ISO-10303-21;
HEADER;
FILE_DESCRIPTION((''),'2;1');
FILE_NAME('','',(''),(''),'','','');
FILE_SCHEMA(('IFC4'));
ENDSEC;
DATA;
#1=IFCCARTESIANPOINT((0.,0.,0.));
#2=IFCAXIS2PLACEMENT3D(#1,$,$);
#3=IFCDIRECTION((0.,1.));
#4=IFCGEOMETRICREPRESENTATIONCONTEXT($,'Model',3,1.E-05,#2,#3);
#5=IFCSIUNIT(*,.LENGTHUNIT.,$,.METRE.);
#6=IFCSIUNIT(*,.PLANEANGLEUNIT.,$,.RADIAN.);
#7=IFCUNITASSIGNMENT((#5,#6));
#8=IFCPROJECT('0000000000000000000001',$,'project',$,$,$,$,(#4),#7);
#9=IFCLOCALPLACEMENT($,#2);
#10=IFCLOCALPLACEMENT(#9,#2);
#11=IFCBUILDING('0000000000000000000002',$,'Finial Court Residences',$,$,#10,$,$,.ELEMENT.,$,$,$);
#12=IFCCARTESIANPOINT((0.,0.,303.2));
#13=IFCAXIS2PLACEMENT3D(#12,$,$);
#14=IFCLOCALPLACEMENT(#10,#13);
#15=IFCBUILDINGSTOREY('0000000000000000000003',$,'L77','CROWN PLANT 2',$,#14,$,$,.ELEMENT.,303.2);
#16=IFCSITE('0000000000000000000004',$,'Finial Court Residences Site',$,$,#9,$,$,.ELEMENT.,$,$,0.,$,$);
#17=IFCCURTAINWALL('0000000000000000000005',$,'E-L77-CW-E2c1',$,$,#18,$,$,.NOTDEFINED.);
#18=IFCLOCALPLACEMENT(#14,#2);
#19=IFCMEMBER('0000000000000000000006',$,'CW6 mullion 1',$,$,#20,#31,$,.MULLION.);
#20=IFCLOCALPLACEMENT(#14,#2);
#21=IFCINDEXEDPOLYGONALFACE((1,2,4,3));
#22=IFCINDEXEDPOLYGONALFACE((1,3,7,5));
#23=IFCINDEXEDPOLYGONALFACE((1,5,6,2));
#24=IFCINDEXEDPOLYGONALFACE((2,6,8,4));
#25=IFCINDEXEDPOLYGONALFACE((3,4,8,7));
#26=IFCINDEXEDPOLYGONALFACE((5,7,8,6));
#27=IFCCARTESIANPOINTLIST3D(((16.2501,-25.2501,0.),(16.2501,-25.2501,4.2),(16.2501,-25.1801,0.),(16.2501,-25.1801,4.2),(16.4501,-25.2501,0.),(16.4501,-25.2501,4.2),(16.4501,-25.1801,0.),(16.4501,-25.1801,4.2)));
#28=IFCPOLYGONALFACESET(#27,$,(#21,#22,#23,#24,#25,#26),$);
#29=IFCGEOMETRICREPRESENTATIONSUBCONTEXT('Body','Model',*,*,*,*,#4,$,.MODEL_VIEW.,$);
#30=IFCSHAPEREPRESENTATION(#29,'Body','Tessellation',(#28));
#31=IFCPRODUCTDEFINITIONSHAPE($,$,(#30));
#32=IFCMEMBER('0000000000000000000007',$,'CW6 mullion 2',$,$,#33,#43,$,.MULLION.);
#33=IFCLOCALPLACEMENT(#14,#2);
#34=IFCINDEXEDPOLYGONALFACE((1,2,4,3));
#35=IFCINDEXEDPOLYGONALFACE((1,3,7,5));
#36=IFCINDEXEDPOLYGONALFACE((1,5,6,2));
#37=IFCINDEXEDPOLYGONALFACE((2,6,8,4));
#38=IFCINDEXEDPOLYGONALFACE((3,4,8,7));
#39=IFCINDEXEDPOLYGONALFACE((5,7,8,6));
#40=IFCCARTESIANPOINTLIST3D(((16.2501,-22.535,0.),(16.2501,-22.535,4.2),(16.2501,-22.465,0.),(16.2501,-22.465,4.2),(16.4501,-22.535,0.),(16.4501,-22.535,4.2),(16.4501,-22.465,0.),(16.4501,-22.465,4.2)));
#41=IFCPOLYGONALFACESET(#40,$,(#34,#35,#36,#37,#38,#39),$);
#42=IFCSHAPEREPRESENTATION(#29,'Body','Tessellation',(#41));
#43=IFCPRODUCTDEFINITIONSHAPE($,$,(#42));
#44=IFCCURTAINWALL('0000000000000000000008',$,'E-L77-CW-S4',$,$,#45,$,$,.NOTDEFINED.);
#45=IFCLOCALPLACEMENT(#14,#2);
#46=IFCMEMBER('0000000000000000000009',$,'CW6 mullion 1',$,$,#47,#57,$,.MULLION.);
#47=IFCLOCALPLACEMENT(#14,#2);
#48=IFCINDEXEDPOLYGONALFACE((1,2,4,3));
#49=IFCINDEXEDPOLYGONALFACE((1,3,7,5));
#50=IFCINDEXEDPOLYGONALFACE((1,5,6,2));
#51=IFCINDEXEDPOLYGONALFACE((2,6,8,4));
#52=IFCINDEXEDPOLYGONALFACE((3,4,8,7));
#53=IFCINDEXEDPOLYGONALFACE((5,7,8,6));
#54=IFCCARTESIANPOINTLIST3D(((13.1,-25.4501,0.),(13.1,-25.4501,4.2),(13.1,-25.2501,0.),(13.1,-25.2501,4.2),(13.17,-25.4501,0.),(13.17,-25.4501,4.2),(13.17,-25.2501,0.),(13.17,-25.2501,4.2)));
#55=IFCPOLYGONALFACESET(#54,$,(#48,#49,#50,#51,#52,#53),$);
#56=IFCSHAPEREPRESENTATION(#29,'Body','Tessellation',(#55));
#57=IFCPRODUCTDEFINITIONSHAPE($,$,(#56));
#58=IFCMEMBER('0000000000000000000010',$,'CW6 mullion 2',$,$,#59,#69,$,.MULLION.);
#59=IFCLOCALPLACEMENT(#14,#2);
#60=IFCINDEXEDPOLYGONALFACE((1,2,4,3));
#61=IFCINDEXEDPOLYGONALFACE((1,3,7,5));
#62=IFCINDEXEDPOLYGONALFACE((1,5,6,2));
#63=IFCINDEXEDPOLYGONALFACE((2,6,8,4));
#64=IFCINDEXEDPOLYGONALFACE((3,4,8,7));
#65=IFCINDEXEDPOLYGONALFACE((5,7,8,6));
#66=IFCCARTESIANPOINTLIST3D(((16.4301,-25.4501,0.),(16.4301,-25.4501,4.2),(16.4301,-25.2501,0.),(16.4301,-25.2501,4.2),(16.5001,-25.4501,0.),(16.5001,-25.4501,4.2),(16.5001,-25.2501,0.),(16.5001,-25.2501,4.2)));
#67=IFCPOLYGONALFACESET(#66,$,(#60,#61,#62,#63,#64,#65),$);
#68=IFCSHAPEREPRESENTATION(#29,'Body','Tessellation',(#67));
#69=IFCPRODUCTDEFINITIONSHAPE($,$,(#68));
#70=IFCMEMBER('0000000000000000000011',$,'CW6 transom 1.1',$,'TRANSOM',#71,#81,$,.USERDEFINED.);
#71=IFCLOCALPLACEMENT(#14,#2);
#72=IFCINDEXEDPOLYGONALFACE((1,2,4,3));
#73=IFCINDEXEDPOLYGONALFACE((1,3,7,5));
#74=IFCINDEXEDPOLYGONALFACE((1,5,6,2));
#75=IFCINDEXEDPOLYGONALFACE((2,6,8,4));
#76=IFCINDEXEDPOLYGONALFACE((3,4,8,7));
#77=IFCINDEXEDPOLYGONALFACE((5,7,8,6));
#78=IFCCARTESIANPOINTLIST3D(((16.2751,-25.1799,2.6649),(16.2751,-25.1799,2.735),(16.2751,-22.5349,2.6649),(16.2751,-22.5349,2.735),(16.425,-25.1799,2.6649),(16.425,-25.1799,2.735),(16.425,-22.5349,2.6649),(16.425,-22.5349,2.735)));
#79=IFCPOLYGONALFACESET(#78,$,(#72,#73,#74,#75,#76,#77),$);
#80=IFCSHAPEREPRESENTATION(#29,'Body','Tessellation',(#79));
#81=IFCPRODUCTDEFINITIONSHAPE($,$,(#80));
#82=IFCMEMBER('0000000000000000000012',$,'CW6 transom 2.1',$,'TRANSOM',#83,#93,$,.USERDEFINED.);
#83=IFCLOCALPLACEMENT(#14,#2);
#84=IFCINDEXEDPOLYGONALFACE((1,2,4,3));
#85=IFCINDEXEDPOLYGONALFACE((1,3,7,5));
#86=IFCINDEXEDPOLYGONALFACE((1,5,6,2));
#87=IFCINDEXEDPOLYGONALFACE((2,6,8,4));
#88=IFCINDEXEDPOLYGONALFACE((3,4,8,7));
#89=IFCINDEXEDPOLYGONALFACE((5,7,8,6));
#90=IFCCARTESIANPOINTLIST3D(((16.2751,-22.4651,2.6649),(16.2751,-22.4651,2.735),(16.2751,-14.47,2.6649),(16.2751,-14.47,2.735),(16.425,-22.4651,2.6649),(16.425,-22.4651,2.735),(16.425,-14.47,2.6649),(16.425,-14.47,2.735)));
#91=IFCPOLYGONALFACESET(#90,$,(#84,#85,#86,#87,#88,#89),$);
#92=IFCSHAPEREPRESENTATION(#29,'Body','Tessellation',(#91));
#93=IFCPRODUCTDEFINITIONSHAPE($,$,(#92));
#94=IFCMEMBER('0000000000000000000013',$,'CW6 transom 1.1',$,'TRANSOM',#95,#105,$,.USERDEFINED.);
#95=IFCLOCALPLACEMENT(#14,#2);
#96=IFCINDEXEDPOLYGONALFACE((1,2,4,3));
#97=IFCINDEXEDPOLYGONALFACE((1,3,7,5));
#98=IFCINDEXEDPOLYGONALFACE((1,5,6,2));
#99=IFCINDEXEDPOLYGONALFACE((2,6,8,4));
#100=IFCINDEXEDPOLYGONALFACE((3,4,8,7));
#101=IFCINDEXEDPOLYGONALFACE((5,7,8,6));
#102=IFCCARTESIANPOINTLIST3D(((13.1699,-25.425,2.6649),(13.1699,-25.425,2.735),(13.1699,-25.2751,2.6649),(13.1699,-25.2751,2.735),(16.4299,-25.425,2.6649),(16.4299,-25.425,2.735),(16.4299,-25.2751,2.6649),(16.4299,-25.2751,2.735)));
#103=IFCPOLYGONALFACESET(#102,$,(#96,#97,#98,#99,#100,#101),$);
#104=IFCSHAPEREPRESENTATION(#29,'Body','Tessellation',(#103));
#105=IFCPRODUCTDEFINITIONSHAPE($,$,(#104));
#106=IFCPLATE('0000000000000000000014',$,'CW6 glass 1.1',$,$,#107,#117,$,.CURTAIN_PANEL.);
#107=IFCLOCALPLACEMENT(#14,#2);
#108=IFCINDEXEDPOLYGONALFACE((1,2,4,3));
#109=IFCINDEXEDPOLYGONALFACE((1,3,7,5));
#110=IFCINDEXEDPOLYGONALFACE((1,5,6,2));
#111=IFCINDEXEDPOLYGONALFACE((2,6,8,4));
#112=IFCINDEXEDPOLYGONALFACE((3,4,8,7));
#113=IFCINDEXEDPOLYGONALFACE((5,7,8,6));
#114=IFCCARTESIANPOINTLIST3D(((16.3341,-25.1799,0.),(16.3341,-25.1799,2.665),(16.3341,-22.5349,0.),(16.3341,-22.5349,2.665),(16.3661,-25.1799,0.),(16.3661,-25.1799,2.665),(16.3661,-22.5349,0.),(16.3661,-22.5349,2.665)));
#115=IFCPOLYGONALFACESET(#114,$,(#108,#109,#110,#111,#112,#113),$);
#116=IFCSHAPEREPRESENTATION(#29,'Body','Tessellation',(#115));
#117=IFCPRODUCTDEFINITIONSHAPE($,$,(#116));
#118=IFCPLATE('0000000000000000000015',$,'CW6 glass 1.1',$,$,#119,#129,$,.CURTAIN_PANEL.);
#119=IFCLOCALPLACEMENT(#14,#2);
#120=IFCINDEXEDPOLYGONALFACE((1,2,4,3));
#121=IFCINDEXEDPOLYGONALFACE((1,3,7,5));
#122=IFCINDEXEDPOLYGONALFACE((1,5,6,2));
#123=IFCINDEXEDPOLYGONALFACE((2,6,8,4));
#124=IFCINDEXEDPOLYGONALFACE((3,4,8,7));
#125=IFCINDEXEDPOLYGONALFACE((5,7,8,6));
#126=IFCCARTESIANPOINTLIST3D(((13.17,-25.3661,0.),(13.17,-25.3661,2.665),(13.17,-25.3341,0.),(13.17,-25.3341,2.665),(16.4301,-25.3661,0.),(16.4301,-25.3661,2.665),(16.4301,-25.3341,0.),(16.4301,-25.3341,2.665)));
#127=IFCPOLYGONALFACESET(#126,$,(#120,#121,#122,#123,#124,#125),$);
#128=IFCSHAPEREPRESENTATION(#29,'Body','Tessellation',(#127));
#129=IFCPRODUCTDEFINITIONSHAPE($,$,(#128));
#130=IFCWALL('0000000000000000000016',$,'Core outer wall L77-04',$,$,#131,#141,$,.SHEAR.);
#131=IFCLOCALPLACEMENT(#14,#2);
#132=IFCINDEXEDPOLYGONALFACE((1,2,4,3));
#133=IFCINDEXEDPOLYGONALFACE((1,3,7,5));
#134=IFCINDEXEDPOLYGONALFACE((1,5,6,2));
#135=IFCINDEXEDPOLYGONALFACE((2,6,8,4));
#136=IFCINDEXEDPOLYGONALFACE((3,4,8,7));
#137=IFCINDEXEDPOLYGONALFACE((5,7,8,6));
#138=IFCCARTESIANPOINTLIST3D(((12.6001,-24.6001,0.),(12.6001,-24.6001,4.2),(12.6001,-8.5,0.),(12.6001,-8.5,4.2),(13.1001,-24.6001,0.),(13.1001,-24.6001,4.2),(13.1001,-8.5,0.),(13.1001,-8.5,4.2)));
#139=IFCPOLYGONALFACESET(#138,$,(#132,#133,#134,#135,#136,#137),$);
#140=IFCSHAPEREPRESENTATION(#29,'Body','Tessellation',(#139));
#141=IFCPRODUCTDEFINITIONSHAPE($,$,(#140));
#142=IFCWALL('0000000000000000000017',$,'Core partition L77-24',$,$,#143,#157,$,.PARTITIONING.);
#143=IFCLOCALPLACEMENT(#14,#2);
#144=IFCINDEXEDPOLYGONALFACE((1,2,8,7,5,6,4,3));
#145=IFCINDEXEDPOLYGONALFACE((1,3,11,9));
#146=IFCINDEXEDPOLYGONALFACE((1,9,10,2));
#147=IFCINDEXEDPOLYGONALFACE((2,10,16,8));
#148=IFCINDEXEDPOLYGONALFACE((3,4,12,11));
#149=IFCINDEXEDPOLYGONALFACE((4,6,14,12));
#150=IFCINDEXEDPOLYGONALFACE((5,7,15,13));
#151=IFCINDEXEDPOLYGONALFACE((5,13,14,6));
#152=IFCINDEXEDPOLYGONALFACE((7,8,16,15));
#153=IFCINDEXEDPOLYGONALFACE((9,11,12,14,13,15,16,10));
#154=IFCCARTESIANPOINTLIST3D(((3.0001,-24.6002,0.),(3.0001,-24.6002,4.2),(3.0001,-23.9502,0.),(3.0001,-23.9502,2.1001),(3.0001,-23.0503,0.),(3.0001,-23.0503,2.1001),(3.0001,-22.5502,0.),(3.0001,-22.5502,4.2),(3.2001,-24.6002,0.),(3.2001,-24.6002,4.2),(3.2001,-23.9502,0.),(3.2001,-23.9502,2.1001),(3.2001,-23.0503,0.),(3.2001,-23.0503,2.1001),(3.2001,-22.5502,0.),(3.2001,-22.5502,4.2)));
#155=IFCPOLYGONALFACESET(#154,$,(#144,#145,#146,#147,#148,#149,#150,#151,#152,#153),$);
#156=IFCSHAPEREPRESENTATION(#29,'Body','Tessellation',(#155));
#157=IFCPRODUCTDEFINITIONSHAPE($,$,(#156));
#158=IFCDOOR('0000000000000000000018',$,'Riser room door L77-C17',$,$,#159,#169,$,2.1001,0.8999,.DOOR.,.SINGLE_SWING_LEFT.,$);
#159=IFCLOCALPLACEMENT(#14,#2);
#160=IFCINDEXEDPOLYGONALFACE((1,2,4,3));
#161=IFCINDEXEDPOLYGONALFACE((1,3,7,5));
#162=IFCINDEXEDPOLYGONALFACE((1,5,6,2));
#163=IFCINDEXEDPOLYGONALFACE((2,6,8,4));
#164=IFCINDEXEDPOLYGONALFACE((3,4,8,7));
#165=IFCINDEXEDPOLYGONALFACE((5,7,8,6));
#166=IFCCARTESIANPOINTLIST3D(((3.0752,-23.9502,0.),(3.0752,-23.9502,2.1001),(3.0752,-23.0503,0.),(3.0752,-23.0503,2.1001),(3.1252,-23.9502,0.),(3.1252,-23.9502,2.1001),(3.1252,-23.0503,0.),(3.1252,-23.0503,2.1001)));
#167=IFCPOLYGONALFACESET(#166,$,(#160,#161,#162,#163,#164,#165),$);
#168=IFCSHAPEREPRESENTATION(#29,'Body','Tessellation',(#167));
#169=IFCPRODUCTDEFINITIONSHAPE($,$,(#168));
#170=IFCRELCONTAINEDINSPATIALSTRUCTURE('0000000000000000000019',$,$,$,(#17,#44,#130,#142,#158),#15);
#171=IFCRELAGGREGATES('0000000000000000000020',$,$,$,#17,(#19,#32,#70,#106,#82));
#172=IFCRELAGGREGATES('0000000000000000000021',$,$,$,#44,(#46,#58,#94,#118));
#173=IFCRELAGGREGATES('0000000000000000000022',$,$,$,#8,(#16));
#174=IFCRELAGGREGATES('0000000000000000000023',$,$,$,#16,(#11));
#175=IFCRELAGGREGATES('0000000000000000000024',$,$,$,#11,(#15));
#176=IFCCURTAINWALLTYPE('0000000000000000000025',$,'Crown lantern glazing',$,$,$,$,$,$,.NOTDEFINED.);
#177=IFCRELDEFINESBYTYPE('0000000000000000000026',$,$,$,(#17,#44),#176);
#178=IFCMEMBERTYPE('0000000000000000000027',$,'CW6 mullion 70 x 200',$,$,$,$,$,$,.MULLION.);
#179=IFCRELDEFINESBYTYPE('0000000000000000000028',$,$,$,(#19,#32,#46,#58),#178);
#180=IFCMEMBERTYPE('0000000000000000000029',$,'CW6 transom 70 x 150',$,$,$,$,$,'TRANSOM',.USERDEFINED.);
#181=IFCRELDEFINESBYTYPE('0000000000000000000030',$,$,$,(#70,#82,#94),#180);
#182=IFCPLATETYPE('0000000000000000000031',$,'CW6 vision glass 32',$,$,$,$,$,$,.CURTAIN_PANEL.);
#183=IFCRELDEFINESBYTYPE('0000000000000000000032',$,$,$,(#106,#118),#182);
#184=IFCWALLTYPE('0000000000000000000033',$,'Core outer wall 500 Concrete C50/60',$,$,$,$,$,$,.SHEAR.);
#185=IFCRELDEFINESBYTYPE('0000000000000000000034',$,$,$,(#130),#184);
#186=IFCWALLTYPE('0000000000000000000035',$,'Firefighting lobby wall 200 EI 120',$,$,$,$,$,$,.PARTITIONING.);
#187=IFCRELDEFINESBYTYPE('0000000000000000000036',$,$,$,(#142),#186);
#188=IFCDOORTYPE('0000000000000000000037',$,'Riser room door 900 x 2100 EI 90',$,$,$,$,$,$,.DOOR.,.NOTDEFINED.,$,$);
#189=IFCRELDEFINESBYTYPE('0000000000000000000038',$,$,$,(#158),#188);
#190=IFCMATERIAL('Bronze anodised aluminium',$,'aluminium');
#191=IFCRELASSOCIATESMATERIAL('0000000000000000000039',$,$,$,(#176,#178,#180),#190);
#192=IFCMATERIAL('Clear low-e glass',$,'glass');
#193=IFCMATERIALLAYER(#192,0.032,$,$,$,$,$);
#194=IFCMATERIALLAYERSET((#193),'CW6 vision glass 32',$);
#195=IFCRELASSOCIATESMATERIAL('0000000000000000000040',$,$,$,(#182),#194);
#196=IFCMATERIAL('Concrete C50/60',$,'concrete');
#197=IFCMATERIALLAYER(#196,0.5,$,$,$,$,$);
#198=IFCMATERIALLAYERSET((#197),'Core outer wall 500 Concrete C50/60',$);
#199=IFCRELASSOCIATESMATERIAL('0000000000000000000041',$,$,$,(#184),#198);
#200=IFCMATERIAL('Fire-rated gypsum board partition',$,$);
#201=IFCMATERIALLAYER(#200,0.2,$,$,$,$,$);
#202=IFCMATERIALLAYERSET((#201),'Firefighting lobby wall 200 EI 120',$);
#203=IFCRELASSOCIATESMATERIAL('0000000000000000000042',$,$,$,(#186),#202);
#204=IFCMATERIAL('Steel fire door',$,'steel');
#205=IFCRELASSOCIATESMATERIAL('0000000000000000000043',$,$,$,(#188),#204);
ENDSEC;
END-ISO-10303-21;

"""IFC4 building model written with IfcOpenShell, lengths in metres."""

from ifc_helpers import new_model, si_unit, direction, frame, frame_2d, origin, origin_2d, place, context, subcontext, project, spatial, rectangle, extrude, material, layer, layer_set, material_profile, profile_set, type_object, element, fill, aggregate, save


model = new_model("IFC4")

# Units and contexts
model_context = context("Model", 3, precision=1e-05, world=origin(), true_north=direction((0.0, 1.0)))
body_context = subcontext(model_context, "Body", "Model", "MODEL_VIEW")
ifc_project = project(units=[si_unit("LENGTHUNIT", "METRE"), si_unit("PLANEANGLEUNIT", "RADIAN")], contexts=[model_context])

# Site, building, storey
site_placement = place(None, origin())
site = spatial("IfcSite", under=ifc_project, at=site_placement, Name="Finial Court Residences Site", CompositionType="ELEMENT", RefElevation=0.0)
building_placement = place(site_placement, origin())
building = spatial("IfcBuilding", under=site, at=building_placement, Name="Finial Court Residences", CompositionType="ELEMENT")
storey_placement = place(building_placement, frame((0.0, 0.0, 303.2)))
storey = spatial("IfcBuildingStorey", under=building, at=storey_placement, Name="L77", Description="CROWN PLANT 2", CompositionType="ELEMENT", Elevation=303.2)

# Curtain walls, members
ifc_material_1 = material(Name="Bronze anodised aluminium", Category="aluminium")
curtain_wall_type = type_object("IfcCurtainWallType", Name="Crown lantern glazing", PredefinedType="NOTDEFINED", material=ifc_material_1)
curtain_wall_1_placement = place(storey_placement, origin())
curtain_wall_1 = element("IfcCurtainWall", 1, at=curtain_wall_1_placement, inside=storey, type_object=curtain_wall_type, Name="E-L77-CW-E2c1", PredefinedType="NOTDEFINED")
ifc_material_profile_1 = material_profile(ifc_material_1, rectangle(XDim=0.2, YDim=0.0701, at=origin_2d()), Name="CW6 mullion 70 x 200")
ifc_profile_set_1 = profile_set([ifc_material_profile_1], Name="Bronze anodised aluminium")
member_type_1 = type_object("IfcMemberType", Name="CW6 mullion 70 x 200", PredefinedType="MULLION", material=ifc_profile_set_1)
member_1_placement = place(storey_placement, frame((16.3501, -25.2151, 0.0), z_axis=(0.0, 0.0, 1.0), x_axis=(-1.0, 0.0, 0.0)))
member_1 = element("IfcMember", 2, at=member_1_placement, type_object=member_type_1, Name="CW6 mullion 1", PredefinedType="MULLION", context=body_context, shape_type="SweptSolid", body=[
    extrude(rectangle(XDim=0.2, YDim=0.0701, at=origin_2d()), origin(), (0.0, 0.0, 1.0), 4.2),
])
member_2_placement = place(storey_placement, frame((16.3501, -22.5, 0.0), z_axis=(0.0, 0.0, 1.0), x_axis=(-1.0, 0.0, 0.0)))
member_2 = element("IfcMember", 3, at=member_2_placement, type_object=member_type_1, Name="CW6 mullion 2", PredefinedType="MULLION", context=body_context, shape_type="SweptSolid", body=[
    extrude(rectangle(XDim=0.2, YDim=0.0701, at=origin_2d()), origin(), (0.0, 0.0, 1.0), 4.2),
])
curtain_wall_2_placement = place(storey_placement, origin())
curtain_wall_2 = element("IfcCurtainWall", 4, at=curtain_wall_2_placement, inside=storey, type_object=curtain_wall_type, Name="E-L77-CW-S4", PredefinedType="NOTDEFINED")
member_3_placement = place(storey_placement, frame((13.135, -25.3501, 0.0), z_axis=(0.0, 0.0, 1.0), x_axis=(0.0, 1.0, 0.0)))
member_3 = element("IfcMember", 5, at=member_3_placement, type_object=member_type_1, Name="CW6 mullion 1", PredefinedType="MULLION", context=body_context, shape_type="SweptSolid", body=[
    extrude(rectangle(XDim=0.2, YDim=0.0701, at=origin_2d()), origin(), (0.0, 0.0, 1.0), 4.2),
])
member_4_placement = place(storey_placement, frame((16.4651, -25.3501, 0.0), z_axis=(0.0, 0.0, 1.0), x_axis=(0.0, 1.0, 0.0)))
member_4 = element("IfcMember", 6, at=member_4_placement, type_object=member_type_1, Name="CW6 mullion 2", PredefinedType="MULLION", context=body_context, shape_type="SweptSolid", body=[
    extrude(rectangle(XDim=0.2, YDim=0.0701, at=origin_2d()), origin(), (0.0, 0.0, 1.0), 4.2),
])

# Members
ifc_material_profile_2 = material_profile(ifc_material_1, rectangle(XDim=0.1499, YDim=0.0701, at=origin_2d()), Name="CW6 transom 70 x 150")
ifc_profile_set_2 = profile_set([ifc_material_profile_2], Name="Bronze anodised aluminium")
member_type_2 = type_object("IfcMemberType", Name="CW6 transom 70 x 150", ElementType="TRANSOM", PredefinedType="USERDEFINED", material=ifc_profile_set_2)
member_5_placement = place(storey_placement, frame((16.3501, -25.1799, 2.7), z_axis=(0.0, 1.0, 0.0), x_axis=(-1.0, 0.0, 0.0)))
member_5 = element("IfcMember", 7, at=member_5_placement, type_object=member_type_2, Name="CW6 transom 1.1", ObjectType="TRANSOM", PredefinedType="USERDEFINED", context=body_context, shape_type="SweptSolid", body=[
    extrude(rectangle(XDim=0.1499, YDim=0.0701, at=origin_2d()), origin(), (0.0, 0.0, 1.0), 2.645),
])
member_6_placement = place(storey_placement, frame((16.3501, -22.4651, 2.7), z_axis=(0.0, 1.0, 0.0), x_axis=(-1.0, 0.0, 0.0)))
member_6 = element("IfcMember", 8, at=member_6_placement, type_object=member_type_2, Name="CW6 transom 2.1", ObjectType="TRANSOM", PredefinedType="USERDEFINED", context=body_context, shape_type="SweptSolid", body=[
    extrude(rectangle(XDim=0.1499, YDim=0.0701, at=origin_2d()), origin(), (0.0, 0.0, 1.0), 7.9951),
])
member_7_placement = place(storey_placement, frame((13.1699, -25.3501, 2.7), z_axis=(1.0, 0.0, 0.0), x_axis=(0.0, 1.0, 0.0)))
member_7 = element("IfcMember", 9, at=member_7_placement, type_object=member_type_2, Name="CW6 transom 1.1", ObjectType="TRANSOM", PredefinedType="USERDEFINED", context=body_context, shape_type="SweptSolid", body=[
    extrude(rectangle(XDim=0.1499, YDim=0.0701, at=origin_2d()), origin(), (0.0, 0.0, 1.0), 3.26),
])

# Plates
ifc_material_2 = material(Name="Clear low-e glass", Category="glass")
ifc_layer_1 = layer(ifc_material_2, 0.032)
ifc_layer_set_1 = layer_set([ifc_layer_1], Name="CW6 vision glass 32")
plate_type = type_object("IfcPlateType", Name="CW6 vision glass 32", PredefinedType="CURTAIN_PANEL", material=ifc_layer_set_1)
plate_1_placement = place(storey_placement, frame((16.3501, -23.8574, 0.0), z_axis=(0.0, 0.0, 1.0), x_axis=(0.0, 1.0, 0.0)))
plate_1 = element("IfcPlate", 10, at=plate_1_placement, type_object=plate_type, Name="CW6 glass 1.1", PredefinedType="CURTAIN_PANEL", context=body_context, shape_type="SweptSolid", body=[
    extrude(rectangle(XDim=2.645, YDim=0.032, at=origin_2d()), origin(), (0.0, 0.0, 1.0), 2.665),
])
plate_2_placement = place(storey_placement, frame((14.8, -25.3501, 0.0), z_axis=(0.0, 0.0, 1.0), x_axis=(1.0, 0.0, 0.0)))
plate_2 = element("IfcPlate", 11, at=plate_2_placement, type_object=plate_type, Name="CW6 glass 1.1", PredefinedType="CURTAIN_PANEL", context=body_context, shape_type="SweptSolid", body=[
    extrude(rectangle(XDim=3.26, YDim=0.032, at=origin_2d()), origin(), (0.0, 0.0, 1.0), 2.665),
])

# Wall
ifc_material_3 = material(Name="Concrete C50/60", Category="concrete")
ifc_layer_2 = layer(ifc_material_3, 0.5)
ifc_layer_set_2 = layer_set([ifc_layer_2], Name="Core outer wall 500 Concrete C50/60")
wall_type_1 = type_object("IfcWallType", Name="Core outer wall 500 Concrete C50/60", PredefinedType="SHEAR", material=ifc_layer_set_2)
wall_1_placement = place(storey_placement, frame((12.8501, -24.6001, 0.0), z_axis=(0.0, 0.0, 1.0), x_axis=(0.0, 1.0, 0.0)))
element("IfcWall", 12, at=wall_1_placement, inside=storey, type_object=wall_type_1, Name="Core outer wall L77-04", PredefinedType="SHEAR", context=body_context, shape_type="SweptSolid", body=[
    extrude(rectangle(XDim=16.1001, YDim=0.5, at=frame_2d((8.05, 0.0))), origin(), (0.0, 0.0, 1.0), 4.2),
])

# Wall, opening, door
ifc_material_4 = material(Name="Fire-rated gypsum board partition")
ifc_layer_3 = layer(ifc_material_4, 0.2)
ifc_layer_set_3 = layer_set([ifc_layer_3], Name="Firefighting lobby wall 200 EI 120")
wall_type_2 = type_object("IfcWallType", Name="Firefighting lobby wall 200 EI 120", PredefinedType="PARTITIONING", material=ifc_layer_set_3)
wall_2_placement = place(storey_placement, frame((3.1001, -24.6001, 0.0), z_axis=(0.0, 0.0, 1.0), x_axis=(0.0, 1.0, 0.0)))
wall_2 = element("IfcWall", 13, at=wall_2_placement, inside=storey, type_object=wall_type_2, Name="Core partition L77-24", PredefinedType="PARTITIONING", context=body_context, shape_type="SweptSolid", body=[
    extrude(rectangle(XDim=2.05, YDim=0.2, at=frame_2d((1.0249, 0.0))), origin(), (0.0, 0.0, 1.0), 4.2),
])
opening_1_placement = place(wall_2_placement, frame((0.6499, 0.0, 0.0)))
opening_1 = element("IfcOpeningElement", 14, at=opening_1_placement, cuts=wall_2, PredefinedType="OPENING", context=body_context, shape_type="SweptSolid", body=[
    extrude(rectangle(XDim=0.8999, YDim=2.1001, at=frame_2d((0.45, 1.05))), frame((0.0, 0.1099, 0.0), z_axis=(0.0, -1.0, 0.0), x_axis=(1.0, 0.0, 0.0)), (0.0, 0.0, 1.0), 0.22),
])
ifc_material_5 = material(Name="Steel fire door", Category="steel")
door_type_1 = type_object("IfcDoorType", Name="Riser room door 900 x 2100 EI 90", OperationType="NOTDEFINED", PredefinedType="DOOR", material=ifc_material_5)
door_1_placement = place(opening_1_placement, origin())
door_1 = element("IfcDoor", 15, at=door_1_placement, inside=storey, type_object=door_type_1, Name="Riser room door L77-C17", OperationType="SINGLE_SWING_LEFT", OverallHeight=2.1001, OverallWidth=0.8999, PredefinedType="DOOR", context=body_context, shape_type="SweptSolid", body=[
    extrude(rectangle(XDim=0.8999, YDim=2.1001, at=frame_2d((0.45, 1.05))), frame((0.0, 0.0249, 0.0), z_axis=(0.0, -1.0, 0.0), x_axis=(1.0, 0.0, 0.0)), (0.0, 0.0, 1.0), 0.05),
])
fill(opening_1, door_1)

aggregate(curtain_wall_1, [member_1, member_2, member_5, plate_1, member_6])
aggregate(curtain_wall_2, [member_3, member_4, member_7, plate_2])

save(model, "model.ifc")
